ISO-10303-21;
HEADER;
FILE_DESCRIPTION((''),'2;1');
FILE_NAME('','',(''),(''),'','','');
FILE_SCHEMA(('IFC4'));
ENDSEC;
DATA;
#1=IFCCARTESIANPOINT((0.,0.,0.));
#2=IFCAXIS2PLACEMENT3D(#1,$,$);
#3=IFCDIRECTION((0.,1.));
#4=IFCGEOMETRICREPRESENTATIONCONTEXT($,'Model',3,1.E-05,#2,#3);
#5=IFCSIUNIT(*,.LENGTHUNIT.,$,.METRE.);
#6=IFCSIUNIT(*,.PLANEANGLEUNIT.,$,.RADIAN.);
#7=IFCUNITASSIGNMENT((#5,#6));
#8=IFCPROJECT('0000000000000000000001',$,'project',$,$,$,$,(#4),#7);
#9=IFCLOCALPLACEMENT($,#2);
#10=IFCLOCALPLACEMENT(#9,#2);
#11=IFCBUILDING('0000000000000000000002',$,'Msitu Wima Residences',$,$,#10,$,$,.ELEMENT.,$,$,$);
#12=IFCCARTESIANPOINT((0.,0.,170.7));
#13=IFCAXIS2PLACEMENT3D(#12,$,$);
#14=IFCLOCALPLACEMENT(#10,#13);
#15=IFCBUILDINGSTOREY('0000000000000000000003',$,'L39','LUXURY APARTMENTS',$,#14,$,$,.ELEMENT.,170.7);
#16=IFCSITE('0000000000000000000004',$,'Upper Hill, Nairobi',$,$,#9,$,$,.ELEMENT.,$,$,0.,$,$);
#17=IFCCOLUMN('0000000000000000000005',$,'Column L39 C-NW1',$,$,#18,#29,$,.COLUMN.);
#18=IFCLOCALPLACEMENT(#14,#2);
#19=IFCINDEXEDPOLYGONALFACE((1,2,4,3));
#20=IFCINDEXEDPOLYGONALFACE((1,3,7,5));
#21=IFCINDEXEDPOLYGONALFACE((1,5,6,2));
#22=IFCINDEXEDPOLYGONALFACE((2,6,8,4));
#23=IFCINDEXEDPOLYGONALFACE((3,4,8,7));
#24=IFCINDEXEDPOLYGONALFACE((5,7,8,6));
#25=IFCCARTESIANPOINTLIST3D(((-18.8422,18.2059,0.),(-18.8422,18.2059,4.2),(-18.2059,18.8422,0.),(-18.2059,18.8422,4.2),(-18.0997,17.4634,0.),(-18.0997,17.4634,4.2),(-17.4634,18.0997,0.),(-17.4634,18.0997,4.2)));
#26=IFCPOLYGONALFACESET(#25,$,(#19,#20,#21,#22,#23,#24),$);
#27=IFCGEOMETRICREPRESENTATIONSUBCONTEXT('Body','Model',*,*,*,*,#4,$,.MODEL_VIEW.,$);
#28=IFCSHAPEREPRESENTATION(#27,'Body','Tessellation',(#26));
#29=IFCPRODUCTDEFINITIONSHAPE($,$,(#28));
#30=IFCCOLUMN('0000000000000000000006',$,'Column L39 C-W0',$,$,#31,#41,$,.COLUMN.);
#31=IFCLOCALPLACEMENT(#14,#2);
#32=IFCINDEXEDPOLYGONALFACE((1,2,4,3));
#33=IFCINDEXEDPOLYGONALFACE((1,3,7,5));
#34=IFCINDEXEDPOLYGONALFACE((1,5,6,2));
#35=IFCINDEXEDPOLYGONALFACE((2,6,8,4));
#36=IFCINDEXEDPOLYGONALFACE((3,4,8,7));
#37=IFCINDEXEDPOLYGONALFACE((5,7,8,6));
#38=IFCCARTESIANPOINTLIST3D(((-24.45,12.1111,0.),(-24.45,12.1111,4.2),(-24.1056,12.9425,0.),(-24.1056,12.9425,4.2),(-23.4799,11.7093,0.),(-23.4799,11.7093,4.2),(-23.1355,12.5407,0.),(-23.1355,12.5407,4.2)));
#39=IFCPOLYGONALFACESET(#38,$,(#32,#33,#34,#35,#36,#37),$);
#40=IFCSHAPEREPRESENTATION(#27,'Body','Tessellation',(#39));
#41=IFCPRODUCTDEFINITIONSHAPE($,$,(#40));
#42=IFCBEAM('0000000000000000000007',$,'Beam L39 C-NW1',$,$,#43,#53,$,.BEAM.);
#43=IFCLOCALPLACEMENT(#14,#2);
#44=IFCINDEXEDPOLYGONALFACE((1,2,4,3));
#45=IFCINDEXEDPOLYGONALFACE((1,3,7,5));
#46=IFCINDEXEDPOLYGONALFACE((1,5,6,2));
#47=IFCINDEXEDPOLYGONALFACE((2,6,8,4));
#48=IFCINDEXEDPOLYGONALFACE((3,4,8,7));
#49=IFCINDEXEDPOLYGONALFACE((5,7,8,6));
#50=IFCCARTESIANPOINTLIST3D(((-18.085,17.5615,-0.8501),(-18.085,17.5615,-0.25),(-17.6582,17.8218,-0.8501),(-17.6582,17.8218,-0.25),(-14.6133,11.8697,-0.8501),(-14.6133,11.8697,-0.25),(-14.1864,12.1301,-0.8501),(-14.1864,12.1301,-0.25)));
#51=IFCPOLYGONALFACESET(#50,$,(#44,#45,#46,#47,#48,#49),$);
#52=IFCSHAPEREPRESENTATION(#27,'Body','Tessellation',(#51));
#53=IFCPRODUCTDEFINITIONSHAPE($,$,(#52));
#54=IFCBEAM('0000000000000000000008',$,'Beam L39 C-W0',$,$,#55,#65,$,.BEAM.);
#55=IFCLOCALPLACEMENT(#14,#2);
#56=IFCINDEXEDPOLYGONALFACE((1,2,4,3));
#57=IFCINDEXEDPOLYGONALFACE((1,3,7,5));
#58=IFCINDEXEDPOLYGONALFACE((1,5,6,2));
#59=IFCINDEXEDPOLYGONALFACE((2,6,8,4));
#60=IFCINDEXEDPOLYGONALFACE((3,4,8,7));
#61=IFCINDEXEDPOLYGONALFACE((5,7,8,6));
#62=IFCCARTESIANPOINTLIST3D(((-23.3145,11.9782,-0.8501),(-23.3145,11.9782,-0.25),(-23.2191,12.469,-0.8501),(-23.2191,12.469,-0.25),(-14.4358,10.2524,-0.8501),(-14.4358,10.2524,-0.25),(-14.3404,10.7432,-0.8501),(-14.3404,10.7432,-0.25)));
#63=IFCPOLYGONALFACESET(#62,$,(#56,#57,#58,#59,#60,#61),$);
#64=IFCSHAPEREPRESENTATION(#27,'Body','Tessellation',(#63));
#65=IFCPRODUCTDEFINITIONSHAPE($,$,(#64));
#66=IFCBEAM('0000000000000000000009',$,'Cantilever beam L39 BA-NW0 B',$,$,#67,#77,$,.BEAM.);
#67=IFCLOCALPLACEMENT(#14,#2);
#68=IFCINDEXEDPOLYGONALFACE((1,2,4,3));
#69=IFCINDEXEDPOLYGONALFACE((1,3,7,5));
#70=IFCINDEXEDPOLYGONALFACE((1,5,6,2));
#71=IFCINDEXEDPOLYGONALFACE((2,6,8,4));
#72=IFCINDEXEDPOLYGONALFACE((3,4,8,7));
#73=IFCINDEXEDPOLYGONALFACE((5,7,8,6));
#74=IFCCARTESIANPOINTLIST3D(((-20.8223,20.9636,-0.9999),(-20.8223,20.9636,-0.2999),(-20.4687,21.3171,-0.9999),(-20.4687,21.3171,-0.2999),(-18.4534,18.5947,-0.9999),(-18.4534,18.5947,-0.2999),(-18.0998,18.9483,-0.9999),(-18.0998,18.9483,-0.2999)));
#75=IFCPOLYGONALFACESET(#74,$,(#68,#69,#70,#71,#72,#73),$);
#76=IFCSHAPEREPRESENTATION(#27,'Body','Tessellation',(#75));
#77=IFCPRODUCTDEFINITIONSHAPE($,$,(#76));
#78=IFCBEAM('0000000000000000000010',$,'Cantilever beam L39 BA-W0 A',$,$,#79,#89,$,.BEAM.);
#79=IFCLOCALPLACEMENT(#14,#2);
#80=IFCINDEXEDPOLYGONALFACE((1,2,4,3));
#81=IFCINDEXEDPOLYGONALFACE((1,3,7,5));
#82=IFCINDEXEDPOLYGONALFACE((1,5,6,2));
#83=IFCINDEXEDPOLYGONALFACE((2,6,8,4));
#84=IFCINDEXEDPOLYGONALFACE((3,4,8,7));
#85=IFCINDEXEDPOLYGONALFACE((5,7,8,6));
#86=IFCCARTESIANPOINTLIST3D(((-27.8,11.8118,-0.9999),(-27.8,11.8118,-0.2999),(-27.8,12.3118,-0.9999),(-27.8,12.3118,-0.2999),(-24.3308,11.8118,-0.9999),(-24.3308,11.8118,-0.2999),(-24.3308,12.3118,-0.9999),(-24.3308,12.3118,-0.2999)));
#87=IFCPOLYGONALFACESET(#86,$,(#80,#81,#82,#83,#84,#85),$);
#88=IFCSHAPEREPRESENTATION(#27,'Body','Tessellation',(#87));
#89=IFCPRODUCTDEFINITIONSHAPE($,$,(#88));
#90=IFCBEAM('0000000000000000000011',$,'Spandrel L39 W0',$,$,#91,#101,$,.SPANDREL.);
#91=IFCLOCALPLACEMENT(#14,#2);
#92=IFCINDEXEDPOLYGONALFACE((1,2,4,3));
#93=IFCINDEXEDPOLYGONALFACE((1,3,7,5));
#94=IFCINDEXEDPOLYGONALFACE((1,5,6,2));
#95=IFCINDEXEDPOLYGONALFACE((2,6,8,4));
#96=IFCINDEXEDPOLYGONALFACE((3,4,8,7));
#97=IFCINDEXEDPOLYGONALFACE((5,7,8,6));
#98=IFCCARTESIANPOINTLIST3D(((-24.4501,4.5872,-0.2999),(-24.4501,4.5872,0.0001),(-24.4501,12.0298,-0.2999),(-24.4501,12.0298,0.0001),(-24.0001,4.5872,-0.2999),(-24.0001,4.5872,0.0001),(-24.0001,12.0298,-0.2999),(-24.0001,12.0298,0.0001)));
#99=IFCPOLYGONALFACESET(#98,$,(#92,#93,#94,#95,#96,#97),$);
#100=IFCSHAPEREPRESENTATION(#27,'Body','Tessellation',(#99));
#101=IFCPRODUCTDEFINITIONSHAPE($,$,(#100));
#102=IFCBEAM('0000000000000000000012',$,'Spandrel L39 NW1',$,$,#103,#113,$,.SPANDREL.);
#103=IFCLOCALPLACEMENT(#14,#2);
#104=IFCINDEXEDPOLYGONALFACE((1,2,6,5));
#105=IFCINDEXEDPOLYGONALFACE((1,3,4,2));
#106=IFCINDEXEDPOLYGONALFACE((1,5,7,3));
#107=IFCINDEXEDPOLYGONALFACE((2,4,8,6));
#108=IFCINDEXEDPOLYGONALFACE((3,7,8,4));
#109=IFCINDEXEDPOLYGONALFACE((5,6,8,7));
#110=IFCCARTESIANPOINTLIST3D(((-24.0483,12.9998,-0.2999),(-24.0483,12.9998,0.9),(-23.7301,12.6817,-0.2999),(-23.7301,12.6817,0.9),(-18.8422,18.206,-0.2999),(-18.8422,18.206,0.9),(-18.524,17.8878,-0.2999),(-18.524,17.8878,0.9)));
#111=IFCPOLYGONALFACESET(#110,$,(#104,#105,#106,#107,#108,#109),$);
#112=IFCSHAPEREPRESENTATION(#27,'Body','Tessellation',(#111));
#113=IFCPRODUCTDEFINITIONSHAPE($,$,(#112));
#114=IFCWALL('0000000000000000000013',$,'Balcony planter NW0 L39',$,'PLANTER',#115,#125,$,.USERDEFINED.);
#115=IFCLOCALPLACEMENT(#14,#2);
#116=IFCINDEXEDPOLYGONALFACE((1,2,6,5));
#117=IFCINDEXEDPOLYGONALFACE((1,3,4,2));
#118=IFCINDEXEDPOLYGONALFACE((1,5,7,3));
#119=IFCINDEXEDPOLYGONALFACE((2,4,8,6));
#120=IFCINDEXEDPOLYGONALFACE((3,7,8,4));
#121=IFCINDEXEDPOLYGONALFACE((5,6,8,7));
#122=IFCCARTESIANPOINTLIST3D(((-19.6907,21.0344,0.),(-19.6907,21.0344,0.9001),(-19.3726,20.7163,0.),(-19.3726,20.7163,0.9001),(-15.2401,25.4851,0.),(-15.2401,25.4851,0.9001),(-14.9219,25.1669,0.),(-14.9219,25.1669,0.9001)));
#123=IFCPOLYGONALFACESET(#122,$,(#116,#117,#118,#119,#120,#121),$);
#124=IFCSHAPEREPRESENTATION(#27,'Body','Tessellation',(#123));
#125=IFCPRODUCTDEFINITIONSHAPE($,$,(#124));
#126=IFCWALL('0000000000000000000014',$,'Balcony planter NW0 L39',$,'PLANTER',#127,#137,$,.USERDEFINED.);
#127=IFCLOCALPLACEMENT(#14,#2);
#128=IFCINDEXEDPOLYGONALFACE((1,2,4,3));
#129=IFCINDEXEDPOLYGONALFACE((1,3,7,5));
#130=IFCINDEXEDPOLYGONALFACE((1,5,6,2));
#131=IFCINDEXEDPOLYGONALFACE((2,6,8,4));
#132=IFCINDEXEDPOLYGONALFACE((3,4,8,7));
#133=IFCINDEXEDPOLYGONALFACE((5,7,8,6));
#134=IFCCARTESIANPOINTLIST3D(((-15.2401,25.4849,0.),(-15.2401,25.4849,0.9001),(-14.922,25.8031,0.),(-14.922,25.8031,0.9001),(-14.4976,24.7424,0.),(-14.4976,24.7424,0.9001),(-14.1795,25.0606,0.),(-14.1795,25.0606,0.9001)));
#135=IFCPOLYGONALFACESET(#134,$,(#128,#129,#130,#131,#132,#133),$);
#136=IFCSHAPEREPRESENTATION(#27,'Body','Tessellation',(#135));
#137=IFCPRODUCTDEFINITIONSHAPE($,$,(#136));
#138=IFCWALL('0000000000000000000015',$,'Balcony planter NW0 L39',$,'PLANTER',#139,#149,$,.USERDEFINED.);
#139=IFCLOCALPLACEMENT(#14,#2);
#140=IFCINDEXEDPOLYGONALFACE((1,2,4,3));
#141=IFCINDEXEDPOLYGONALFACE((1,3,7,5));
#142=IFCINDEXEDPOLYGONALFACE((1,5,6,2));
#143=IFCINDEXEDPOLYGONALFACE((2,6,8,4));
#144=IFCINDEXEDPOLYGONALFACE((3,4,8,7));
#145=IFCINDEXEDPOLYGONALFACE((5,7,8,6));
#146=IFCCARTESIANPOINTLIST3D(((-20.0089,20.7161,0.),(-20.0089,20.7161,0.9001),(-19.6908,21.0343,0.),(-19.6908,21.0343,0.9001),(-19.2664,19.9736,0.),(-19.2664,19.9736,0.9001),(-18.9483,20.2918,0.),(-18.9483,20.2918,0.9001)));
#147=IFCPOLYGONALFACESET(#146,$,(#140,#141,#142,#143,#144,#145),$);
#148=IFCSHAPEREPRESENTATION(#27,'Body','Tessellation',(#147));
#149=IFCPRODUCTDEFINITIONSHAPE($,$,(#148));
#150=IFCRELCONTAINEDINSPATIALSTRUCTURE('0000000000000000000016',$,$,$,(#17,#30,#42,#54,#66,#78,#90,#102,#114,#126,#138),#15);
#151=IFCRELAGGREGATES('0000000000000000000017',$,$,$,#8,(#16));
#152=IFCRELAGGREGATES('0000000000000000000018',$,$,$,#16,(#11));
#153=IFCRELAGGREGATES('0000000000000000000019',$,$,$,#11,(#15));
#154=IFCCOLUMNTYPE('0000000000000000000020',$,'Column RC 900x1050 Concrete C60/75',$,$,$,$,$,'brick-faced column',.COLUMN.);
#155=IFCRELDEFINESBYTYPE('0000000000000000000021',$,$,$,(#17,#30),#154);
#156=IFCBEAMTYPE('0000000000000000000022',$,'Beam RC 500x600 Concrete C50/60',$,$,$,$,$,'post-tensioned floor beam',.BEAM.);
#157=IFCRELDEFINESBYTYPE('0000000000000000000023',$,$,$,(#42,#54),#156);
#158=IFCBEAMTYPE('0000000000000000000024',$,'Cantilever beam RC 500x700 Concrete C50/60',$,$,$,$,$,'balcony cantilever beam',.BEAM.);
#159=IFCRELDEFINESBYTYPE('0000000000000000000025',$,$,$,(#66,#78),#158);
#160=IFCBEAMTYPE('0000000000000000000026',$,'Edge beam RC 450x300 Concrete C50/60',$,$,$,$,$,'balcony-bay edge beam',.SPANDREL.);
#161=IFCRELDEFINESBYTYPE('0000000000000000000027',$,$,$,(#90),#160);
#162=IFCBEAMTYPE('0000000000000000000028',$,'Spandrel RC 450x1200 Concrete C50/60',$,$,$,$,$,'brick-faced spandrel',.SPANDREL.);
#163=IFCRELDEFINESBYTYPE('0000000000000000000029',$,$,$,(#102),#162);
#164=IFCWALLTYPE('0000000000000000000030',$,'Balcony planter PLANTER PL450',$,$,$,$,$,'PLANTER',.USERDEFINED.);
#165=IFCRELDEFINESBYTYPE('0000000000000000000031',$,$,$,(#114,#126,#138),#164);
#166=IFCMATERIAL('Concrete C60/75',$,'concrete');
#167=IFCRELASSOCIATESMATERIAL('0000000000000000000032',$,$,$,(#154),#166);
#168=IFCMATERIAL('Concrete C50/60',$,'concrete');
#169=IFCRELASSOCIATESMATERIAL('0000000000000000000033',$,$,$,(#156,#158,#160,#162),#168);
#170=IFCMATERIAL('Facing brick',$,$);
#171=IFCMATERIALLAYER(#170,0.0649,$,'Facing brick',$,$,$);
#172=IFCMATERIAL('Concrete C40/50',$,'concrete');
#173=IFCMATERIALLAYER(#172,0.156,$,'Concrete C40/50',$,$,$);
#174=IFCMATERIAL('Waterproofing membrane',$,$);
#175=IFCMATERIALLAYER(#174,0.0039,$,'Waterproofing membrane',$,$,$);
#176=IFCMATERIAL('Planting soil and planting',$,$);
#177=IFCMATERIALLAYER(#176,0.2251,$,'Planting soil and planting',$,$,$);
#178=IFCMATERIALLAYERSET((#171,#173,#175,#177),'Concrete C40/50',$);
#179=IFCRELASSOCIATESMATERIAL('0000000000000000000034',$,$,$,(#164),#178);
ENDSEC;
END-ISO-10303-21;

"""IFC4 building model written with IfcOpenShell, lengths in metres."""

from ifc_helpers import new_model, si_unit, direction, frame, frame_2d, origin, origin_2d, place, context, subcontext, project, spatial, rectangle, extrude, material, layer, layer_set, material_profile, profile_set, type_object, element, save


model = new_model("IFC4")

# Units and contexts
model_context = context("Model", 3, precision=1e-05, world=origin(), true_north=direction((0.0, 1.0)))
body_context = subcontext(model_context, "Body", "Model", "MODEL_VIEW")
ifc_project = project(units=[si_unit("LENGTHUNIT", "METRE"), si_unit("PLANEANGLEUNIT", "RADIAN")], contexts=[model_context])

# Site, building, storey
site_placement = place(None, origin())
site = spatial("IfcSite", under=ifc_project, at=site_placement, Name="Upper Hill, Nairobi", CompositionType="ELEMENT", RefElevation=0.0)
building_placement = place(site_placement, origin())
building = spatial("IfcBuilding", under=site, at=building_placement, Name="Msitu Wima Residences", CompositionType="ELEMENT")
storey_placement = place(building_placement, frame((0.0, 0.0, 170.7)))
storey = spatial("IfcBuildingStorey", under=building, at=storey_placement, Name="L39", Description="LUXURY APARTMENTS", CompositionType="ELEMENT", Elevation=170.7)

# Columns
ifc_material_1 = material(Name="Concrete C60/75", Category="concrete")
ifc_material_profile_1 = material_profile(ifc_material_1, rectangle(XDim=0.8999, YDim=1.05, at=origin_2d()), Name="RC 900x1050")
ifc_profile_set_1 = profile_set([ifc_material_profile_1], Name="Concrete C60/75")
column_type = type_object("IfcColumnType", Name="Column RC 900x1050 Concrete C60/75", ElementType="brick-faced column", PredefinedType="COLUMN", material=ifc_profile_set_1)
for number, where, z_axis, x_axis, name in (
    (1, (-18.1528, 18.1528, 0.0), (0.0, 0.0, 1.0), (-0.707107, -0.707107, 0.0), "Column L39 C-NW1"),
    (2, (-23.7927, 12.3259, 0.0), (0.0, 0.0, 1.0), (-0.382683, -0.92388, 0.0), "Column L39 C-W0"),
):
    element("IfcColumn", number, at=place(storey_placement, frame(where, z_axis=z_axis, x_axis=x_axis)), inside=storey, type_object=column_type, Name=name, PredefinedType="COLUMN", context=body_context, shape_type="SweptSolid", body=[
        extrude(rectangle(XDim=0.8999, YDim=1.05, at=origin_2d()), origin(), (0.0, 0.0, 1.0), 4.2),
    ])

# Beams
ifc_material_2 = material(Name="Concrete C50/60", Category="concrete")
ifc_material_profile_2 = material_profile(ifc_material_2, rectangle(XDim=0.5, YDim=0.6001, at=origin_2d()), Name="RC 500x600")
ifc_profile_set_2 = profile_set([ifc_material_profile_2], Name="Concrete C50/60")
beam_type_1 = type_object("IfcBeamType", Name="Beam RC 500x600 Concrete C50/60", ElementType="post-tensioned floor beam", PredefinedType="BEAM", material=ifc_profile_set_2)
beam_1_placement = place(storey_placement, frame((-17.8716, 17.6917, -0.55), z_axis=(0.520734, -0.853719, 0.0), x_axis=(0.853719, 0.520734, 0.0)))
element("IfcBeam", 3, at=beam_1_placement, inside=storey, type_object=beam_type_1, Name="Beam L39 C-NW1", PredefinedType="BEAM", context=body_context, shape_type="SweptSolid", body=[
    extrude(rectangle(XDim=0.5, YDim=0.6001, at=origin_2d()), origin(), (0.0, 0.0, 1.0), 6.667),
])
beam_2_placement = place(storey_placement, frame((-23.2668, 12.2236, -0.55), z_axis=(0.981627, -0.190808, 0.0), x_axis=(0.190808, 0.981627, 0.0)))
element("IfcBeam", 4, at=beam_2_placement, inside=storey, type_object=beam_type_1, Name="Beam L39 C-W0", PredefinedType="BEAM", context=body_context, shape_type="SweptSolid", body=[
    extrude(rectangle(XDim=0.5, YDim=0.6001, at=origin_2d()), origin(), (0.0, 0.0, 1.0), 9.0449),
])
ifc_material_profile_3 = material_profile(ifc_material_2, rectangle(XDim=0.5, YDim=0.7, at=origin_2d()), Name="RC 500x700")
ifc_profile_set_3 = profile_set([ifc_material_profile_3], Name="Concrete C50/60")
beam_type_2 = type_object("IfcBeamType", Name="Cantilever beam RC 500x700 Concrete C50/60", ElementType="balcony cantilever beam", PredefinedType="BEAM", material=ifc_profile_set_3)
beam_3_placement = place(storey_placement, frame((-18.2766, 18.7715, -0.6499), z_axis=(-0.707107, 0.707107, 0.0), x_axis=(-0.707107, -0.707107, 0.0)))
element("IfcBeam", 5, at=beam_3_placement, inside=storey, type_object=beam_type_2, Name="Cantilever beam L39 BA-NW0 B", PredefinedType="BEAM", context=body_context, shape_type="SweptSolid", body=[
    extrude(rectangle(XDim=0.5, YDim=0.7, at=origin_2d()), origin(), (0.0, 0.0, 1.0), 3.3501),
])
beam_4_placement = place(storey_placement, frame((-24.3308, 12.0618, -0.6499), z_axis=(-1.0, 0.0, 0.0), x_axis=(0.0, -1.0, 0.0)))
element("IfcBeam", 6, at=beam_4_placement, inside=storey, type_object=beam_type_2, Name="Cantilever beam L39 BA-W0 A", PredefinedType="BEAM", context=body_context, shape_type="SweptSolid", body=[
    extrude(rectangle(XDim=0.5, YDim=0.7, at=origin_2d()), origin(), (0.0, 0.0, 1.0), 3.4692),
])
ifc_material_profile_4 = material_profile(ifc_material_2, rectangle(XDim=0.45, YDim=0.3, at=origin_2d()), Name="RC 450x300")
ifc_profile_set_4 = profile_set([ifc_material_profile_4], Name="Concrete C50/60")
beam_type_3 = type_object("IfcBeamType", Name="Edge beam RC 450x300 Concrete C50/60", ElementType="balcony-bay edge beam", PredefinedType="SPANDREL", material=ifc_profile_set_4)
beam_5_placement = place(storey_placement, frame((-24.2251, 12.0298, -0.1499), z_axis=(0.0, -1.0, 0.0), x_axis=(1.0, 0.0, 0.0)))
element("IfcBeam", 7, at=beam_5_placement, inside=storey, type_object=beam_type_3, Name="Spandrel L39 W0", PredefinedType="SPANDREL", context=body_context, shape_type="SweptSolid", body=[
    extrude(rectangle(XDim=0.45, YDim=0.3, at=origin_2d()), origin(), (0.0, 0.0, 1.0), 7.4426),
])
ifc_material_profile_5 = material_profile(ifc_material_2, rectangle(XDim=0.45, YDim=1.2, at=origin_2d()), Name="RC 450x1200")
ifc_profile_set_5 = profile_set([ifc_material_profile_5], Name="Concrete C50/60")
beam_type_4 = type_object("IfcBeamType", Name="Spandrel RC 450x1200 Concrete C50/60", ElementType="brick-faced spandrel", PredefinedType="SPANDREL", material=ifc_profile_set_5)
beam_6_placement = place(storey_placement, frame((-18.6831, 18.0469, 0.3), z_axis=(-0.707107, -0.707107, 0.0), x_axis=(0.707107, -0.707107, 0.0)))
element("IfcBeam", 8, at=beam_6_placement, inside=storey, type_object=beam_type_4, Name="Spandrel L39 NW1", PredefinedType="SPANDREL", context=body_context, shape_type="SweptSolid", body=[
    extrude(rectangle(XDim=0.45, YDim=1.2, at=origin_2d()), origin(), (0.0, 0.0, 1.0), 7.3625),
])

# Walls
ifc_material_3 = material(Name="Facing brick")
ifc_layer_1 = layer(ifc_material_3, 0.0649, Name="Facing brick")
ifc_material_4 = material(Name="Concrete C40/50", Category="concrete")
ifc_layer_2 = layer(ifc_material_4, 0.156, Name="Concrete C40/50")
ifc_material_5 = material(Name="Waterproofing membrane")
ifc_layer_3 = layer(ifc_material_5, 0.0039, Name="Waterproofing membrane")
ifc_material_6 = material(Name="Planting soil and planting")
ifc_layer_4 = layer(ifc_material_6, 0.2251, Name="Planting soil and planting")
ifc_layer_set_1 = layer_set([ifc_layer_1, ifc_layer_2, ifc_layer_3, ifc_layer_4], Name="Concrete C40/50")
wall_type_1 = type_object("IfcWallType", Name="Balcony planter PLANTER PL450", ElementType="PLANTER", PredefinedType="USERDEFINED", material=ifc_layer_set_1)
wall_1_placement = place(storey_placement, frame((-15.0811, 25.3259, 0.0), z_axis=(0.0, 0.0, 1.0), x_axis=(-0.707107, -0.707107, 0.0)))
element("IfcWall", 9, at=wall_1_placement, inside=storey, type_object=wall_type_1, Name="Balcony planter NW0 L39", ObjectType="PLANTER", PredefinedType="USERDEFINED", context=body_context, shape_type="SweptSolid", body=[
    extrude(rectangle(XDim=6.2942, YDim=0.45, at=frame_2d((3.147, 0.0))), origin(), (0.0, 0.0, 1.0), 0.9001),
])
for number, where, z_axis, x_axis, name in (
    (10, (-14.3386, 24.9016, 0.0), (0.0, 0.0, 1.0), (-0.707107, 0.707107, 0.0), "Balcony planter NW0 L39"),
    (11, (-19.1074, 20.1328, 0.0), (0.0, 0.0, 1.0), (-0.707107, 0.707107, 0.0), "Balcony planter NW0 L39"),
):
    element("IfcWall", number, at=place(storey_placement, frame(where, z_axis=z_axis, x_axis=x_axis)), inside=storey, type_object=wall_type_1, Name=name, ObjectType="PLANTER", PredefinedType="USERDEFINED", context=body_context, shape_type="SweptSolid", body=[
        extrude(rectangle(XDim=1.05, YDim=0.45, at=frame_2d((0.5249, 0.0))), origin(), (0.0, 0.0, 1.0), 0.9001),
    ])

save(model, "model.ifc")
